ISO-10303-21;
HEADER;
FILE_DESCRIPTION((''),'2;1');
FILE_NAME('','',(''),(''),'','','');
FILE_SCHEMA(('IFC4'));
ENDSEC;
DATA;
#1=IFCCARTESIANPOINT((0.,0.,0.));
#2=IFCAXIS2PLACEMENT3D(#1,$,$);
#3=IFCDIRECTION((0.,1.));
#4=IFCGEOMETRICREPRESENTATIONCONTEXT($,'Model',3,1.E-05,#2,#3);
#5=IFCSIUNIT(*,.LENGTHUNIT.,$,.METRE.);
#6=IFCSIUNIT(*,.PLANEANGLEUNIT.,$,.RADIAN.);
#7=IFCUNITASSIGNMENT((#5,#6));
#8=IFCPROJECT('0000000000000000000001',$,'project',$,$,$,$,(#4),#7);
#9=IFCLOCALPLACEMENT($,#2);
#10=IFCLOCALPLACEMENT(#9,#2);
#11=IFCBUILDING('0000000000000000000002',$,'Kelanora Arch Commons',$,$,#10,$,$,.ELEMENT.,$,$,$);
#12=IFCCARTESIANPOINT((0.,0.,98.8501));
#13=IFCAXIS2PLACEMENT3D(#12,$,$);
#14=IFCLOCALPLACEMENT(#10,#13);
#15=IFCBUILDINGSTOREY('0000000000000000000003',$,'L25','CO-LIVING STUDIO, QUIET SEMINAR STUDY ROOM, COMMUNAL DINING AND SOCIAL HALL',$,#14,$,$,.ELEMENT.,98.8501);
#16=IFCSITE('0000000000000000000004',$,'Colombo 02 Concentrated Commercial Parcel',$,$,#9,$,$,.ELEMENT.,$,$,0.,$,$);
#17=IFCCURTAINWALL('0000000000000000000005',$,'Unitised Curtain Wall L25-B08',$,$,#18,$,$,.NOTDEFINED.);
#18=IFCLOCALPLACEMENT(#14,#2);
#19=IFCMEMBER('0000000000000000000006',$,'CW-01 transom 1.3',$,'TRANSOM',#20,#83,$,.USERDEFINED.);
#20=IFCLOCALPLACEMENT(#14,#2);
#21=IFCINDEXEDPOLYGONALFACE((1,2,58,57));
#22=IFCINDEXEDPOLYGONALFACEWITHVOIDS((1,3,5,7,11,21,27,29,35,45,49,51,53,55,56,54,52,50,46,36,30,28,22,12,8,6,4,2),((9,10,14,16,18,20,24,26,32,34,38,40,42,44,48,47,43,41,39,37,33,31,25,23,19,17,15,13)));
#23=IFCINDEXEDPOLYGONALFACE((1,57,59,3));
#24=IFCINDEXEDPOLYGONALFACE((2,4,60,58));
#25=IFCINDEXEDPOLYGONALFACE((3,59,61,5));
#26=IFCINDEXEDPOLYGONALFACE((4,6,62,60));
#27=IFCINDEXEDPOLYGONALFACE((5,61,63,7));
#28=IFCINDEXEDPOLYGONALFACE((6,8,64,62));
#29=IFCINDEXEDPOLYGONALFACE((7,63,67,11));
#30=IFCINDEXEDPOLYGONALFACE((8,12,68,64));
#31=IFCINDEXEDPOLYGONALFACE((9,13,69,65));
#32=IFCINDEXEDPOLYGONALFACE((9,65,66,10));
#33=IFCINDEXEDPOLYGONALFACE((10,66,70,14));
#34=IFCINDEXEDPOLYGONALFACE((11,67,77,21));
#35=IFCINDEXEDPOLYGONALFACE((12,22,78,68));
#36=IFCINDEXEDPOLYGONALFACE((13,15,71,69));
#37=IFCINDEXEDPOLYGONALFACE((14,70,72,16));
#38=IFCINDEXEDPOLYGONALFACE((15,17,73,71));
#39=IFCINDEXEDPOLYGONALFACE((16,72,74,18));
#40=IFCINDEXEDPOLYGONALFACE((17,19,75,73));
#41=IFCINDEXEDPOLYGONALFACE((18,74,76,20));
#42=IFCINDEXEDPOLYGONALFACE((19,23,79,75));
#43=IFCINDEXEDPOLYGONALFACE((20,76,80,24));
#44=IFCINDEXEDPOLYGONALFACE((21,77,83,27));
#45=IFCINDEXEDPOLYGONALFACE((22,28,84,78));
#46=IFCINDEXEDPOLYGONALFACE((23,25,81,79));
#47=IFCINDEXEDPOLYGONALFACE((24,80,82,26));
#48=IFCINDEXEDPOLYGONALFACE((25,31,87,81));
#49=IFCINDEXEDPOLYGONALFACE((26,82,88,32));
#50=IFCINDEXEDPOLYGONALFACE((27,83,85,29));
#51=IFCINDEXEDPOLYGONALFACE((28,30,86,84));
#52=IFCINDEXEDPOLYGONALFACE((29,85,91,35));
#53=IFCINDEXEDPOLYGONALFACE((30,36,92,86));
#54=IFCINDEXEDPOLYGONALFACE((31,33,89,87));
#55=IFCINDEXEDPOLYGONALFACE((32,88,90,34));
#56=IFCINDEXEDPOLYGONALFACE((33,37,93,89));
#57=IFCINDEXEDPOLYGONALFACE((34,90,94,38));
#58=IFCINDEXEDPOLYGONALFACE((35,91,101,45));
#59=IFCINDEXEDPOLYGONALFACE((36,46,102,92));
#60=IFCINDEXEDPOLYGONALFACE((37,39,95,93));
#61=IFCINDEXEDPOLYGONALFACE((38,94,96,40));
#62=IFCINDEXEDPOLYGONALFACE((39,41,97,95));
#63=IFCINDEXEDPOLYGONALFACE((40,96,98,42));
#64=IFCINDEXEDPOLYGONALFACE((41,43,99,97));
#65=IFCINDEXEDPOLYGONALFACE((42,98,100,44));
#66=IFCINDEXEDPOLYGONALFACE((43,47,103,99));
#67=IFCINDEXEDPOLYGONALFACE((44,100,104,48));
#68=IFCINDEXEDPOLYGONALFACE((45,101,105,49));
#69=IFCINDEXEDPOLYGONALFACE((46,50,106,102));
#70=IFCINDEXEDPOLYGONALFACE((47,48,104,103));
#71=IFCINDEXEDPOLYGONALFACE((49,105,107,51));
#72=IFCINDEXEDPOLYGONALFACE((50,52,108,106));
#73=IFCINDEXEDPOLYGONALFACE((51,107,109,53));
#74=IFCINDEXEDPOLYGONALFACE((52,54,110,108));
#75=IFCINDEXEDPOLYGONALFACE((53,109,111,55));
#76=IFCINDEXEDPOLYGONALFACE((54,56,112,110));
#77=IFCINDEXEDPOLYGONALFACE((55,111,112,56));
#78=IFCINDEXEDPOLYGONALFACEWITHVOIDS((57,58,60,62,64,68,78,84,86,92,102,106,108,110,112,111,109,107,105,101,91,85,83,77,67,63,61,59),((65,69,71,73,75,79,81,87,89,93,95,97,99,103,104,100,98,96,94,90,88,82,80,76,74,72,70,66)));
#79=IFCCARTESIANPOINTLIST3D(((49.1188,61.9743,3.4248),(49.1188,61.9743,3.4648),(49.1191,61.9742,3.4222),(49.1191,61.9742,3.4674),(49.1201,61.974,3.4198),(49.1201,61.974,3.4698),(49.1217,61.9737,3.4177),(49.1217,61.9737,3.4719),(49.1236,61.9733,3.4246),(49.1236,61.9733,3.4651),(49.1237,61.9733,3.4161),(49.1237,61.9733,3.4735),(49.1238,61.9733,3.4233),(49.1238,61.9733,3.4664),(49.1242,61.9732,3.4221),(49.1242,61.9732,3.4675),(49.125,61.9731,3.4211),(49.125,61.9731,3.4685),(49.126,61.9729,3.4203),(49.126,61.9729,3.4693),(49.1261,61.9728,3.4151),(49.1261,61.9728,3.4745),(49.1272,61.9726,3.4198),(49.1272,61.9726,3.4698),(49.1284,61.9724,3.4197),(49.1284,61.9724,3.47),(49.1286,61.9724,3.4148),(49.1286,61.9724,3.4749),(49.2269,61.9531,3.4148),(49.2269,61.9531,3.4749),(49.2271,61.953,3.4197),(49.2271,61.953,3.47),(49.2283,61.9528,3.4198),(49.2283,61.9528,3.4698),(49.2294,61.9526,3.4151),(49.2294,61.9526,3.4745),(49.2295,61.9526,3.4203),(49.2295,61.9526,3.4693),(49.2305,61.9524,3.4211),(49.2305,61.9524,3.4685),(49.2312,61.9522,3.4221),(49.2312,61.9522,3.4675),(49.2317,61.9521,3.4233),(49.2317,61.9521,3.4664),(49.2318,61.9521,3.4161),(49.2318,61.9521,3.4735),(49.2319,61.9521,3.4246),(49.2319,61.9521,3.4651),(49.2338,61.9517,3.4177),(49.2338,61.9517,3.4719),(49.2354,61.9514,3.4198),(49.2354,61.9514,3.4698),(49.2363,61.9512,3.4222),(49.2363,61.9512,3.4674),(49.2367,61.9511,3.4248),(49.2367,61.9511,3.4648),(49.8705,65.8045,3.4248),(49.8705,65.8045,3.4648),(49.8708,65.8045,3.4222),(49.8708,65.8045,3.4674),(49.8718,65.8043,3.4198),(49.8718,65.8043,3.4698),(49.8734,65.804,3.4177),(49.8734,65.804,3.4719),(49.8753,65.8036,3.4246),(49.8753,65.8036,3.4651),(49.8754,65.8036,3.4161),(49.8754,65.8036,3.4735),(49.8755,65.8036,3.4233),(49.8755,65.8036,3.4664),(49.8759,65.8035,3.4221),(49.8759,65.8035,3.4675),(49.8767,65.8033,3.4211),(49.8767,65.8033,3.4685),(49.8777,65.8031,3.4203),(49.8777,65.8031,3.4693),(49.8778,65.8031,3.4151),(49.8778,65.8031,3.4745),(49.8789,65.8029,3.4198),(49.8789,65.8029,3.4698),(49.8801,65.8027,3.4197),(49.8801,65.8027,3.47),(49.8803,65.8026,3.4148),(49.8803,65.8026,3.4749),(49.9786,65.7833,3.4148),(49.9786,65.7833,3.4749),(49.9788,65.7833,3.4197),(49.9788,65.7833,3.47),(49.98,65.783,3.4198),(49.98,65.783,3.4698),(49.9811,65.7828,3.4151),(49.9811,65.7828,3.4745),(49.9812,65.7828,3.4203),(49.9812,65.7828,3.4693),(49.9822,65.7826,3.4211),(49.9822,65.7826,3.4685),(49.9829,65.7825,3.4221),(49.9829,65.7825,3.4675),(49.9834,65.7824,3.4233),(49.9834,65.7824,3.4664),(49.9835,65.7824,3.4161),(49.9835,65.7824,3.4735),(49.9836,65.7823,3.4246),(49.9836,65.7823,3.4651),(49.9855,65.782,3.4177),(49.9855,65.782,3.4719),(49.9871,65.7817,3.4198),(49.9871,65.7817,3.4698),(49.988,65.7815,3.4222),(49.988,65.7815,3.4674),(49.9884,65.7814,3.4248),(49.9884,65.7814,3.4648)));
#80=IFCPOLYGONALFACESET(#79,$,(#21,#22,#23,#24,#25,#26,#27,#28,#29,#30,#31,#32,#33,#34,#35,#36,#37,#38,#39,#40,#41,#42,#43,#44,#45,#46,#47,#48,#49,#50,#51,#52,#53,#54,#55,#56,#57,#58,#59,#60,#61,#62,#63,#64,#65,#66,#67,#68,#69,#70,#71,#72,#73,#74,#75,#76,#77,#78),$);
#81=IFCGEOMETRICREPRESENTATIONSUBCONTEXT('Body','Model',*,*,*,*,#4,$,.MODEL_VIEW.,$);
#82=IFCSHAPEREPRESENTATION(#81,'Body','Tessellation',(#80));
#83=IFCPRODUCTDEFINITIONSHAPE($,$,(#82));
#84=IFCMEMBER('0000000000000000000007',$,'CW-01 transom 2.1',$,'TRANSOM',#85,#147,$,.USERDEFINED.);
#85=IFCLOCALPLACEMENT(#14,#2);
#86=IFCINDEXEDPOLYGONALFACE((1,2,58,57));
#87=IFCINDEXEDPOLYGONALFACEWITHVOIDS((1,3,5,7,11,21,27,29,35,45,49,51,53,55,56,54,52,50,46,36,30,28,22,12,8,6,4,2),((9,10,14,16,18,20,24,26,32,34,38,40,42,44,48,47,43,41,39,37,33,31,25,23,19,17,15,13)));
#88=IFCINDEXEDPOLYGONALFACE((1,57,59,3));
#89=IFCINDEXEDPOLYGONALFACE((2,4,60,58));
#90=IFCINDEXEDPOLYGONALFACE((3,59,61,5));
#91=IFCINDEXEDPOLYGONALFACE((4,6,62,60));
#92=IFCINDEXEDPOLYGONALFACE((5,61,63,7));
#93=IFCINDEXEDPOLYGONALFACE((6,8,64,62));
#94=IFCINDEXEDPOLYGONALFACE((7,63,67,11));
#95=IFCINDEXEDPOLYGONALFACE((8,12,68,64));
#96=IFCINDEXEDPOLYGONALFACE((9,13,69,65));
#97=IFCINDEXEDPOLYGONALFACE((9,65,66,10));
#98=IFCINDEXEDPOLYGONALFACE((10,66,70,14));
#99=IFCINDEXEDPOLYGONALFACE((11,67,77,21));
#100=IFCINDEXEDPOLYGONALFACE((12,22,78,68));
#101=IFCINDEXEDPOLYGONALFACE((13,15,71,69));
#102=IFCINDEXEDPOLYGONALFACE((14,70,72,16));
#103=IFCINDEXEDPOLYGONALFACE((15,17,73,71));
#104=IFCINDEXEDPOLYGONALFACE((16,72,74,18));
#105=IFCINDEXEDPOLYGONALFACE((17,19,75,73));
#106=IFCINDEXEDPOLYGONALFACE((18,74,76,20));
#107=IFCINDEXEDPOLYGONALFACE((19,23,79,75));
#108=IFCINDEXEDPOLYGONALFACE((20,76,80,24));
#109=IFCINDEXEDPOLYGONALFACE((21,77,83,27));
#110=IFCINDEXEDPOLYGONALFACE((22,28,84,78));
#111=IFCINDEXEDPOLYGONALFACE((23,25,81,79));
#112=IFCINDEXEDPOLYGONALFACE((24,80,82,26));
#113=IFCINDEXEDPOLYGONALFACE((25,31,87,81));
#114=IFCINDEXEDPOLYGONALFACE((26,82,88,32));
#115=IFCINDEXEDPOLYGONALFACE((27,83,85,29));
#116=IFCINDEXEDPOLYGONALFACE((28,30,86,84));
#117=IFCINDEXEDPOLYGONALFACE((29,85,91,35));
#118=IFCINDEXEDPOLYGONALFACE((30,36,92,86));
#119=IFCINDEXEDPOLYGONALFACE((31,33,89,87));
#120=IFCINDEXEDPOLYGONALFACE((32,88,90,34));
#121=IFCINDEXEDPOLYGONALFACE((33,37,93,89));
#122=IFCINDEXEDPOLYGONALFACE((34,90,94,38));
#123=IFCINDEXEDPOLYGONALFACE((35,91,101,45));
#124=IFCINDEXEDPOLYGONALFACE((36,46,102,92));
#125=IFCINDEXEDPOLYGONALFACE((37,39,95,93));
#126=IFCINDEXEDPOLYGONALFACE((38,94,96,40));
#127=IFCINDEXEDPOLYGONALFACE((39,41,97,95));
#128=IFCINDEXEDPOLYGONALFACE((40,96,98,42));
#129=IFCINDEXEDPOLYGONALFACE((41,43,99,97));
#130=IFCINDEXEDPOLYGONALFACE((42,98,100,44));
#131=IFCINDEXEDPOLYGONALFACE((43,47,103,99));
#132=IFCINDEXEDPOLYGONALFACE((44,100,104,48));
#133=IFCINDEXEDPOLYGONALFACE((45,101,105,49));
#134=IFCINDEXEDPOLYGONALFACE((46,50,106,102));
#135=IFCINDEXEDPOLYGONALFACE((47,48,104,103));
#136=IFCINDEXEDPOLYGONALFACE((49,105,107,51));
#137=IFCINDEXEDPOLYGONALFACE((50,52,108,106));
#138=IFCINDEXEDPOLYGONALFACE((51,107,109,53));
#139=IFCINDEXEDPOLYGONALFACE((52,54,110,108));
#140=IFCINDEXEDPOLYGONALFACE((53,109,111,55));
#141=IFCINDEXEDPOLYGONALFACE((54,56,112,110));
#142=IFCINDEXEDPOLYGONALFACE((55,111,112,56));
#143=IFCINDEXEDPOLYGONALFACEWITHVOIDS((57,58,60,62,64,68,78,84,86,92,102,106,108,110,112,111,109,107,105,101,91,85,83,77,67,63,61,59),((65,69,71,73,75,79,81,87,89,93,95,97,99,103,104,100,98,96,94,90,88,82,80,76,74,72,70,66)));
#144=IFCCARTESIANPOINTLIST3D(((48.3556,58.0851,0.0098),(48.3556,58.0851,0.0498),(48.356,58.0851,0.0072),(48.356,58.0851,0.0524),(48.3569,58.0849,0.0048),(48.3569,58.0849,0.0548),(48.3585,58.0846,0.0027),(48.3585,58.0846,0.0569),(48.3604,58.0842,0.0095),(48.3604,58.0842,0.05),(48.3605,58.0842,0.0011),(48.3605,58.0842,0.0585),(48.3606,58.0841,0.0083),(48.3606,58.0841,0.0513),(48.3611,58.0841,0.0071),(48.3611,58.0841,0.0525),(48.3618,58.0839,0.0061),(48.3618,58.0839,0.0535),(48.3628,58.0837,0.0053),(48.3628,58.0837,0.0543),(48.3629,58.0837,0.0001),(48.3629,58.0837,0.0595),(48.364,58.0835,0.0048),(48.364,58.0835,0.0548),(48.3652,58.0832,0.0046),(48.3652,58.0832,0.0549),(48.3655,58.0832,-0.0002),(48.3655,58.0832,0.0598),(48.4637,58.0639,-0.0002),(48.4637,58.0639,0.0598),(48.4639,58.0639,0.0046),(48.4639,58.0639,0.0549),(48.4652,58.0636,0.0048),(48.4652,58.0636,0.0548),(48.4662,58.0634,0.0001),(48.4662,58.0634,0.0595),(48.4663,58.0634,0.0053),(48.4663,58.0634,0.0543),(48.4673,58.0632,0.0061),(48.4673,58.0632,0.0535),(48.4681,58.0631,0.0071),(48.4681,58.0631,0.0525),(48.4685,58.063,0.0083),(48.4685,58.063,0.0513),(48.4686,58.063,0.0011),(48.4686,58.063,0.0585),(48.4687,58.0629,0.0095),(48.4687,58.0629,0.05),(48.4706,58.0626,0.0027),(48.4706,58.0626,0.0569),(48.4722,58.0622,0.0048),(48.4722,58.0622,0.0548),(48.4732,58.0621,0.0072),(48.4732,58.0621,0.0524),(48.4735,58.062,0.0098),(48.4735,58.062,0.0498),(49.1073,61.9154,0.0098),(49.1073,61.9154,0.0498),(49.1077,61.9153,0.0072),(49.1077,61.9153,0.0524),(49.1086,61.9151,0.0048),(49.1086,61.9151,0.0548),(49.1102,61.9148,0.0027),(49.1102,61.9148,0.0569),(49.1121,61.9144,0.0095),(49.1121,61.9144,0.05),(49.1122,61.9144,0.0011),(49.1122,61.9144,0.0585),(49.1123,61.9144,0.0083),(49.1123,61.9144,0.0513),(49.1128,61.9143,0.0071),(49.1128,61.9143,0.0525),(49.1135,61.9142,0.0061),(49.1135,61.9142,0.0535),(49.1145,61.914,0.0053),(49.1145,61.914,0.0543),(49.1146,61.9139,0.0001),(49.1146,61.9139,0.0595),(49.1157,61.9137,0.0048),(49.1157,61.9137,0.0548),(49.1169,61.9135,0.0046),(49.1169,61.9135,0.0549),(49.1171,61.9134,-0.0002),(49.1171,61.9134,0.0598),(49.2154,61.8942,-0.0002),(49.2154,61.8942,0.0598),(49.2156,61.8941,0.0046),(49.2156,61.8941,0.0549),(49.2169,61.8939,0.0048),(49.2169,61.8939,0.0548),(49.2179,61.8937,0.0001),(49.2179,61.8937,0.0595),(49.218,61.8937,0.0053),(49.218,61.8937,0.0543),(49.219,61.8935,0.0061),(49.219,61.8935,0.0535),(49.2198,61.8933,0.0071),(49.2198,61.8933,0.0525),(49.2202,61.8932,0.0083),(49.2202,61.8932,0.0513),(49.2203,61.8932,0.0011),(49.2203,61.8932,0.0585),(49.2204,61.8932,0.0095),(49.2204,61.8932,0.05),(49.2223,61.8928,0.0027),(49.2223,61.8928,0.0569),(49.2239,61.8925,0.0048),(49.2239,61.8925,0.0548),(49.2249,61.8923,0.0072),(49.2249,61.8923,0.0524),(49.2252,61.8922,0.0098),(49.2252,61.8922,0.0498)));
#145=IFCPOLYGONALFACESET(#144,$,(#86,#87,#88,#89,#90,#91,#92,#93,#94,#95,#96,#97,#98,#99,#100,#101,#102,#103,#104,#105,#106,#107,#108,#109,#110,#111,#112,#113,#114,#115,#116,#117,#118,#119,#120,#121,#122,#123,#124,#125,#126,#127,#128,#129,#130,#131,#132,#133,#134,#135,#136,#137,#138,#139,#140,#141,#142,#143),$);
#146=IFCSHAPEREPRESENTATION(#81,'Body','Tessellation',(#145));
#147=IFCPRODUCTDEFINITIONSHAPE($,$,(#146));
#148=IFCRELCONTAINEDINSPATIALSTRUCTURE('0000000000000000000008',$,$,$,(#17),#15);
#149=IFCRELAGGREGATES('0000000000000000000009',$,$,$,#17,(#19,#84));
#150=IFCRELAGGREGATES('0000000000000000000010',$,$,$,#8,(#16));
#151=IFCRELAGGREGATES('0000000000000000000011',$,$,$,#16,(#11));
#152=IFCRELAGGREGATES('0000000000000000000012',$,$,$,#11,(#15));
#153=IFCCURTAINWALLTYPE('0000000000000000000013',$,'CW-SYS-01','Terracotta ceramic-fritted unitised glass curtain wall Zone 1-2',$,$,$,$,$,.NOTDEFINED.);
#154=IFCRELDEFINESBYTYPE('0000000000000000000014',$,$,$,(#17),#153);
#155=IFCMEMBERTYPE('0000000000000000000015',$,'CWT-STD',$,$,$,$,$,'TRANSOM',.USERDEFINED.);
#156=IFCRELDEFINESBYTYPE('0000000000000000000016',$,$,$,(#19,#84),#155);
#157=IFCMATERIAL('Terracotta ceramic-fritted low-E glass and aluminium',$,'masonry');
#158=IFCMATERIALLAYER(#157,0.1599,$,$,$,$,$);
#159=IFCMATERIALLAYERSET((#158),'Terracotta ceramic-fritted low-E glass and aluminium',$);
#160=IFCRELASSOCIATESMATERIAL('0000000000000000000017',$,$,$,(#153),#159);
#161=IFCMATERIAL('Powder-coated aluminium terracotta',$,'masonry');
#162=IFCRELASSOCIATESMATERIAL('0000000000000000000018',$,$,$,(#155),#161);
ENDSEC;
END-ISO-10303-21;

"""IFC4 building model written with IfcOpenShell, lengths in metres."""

from ifc_helpers import new_model, si_unit, direction, frame, origin, origin_2d, place, context, subcontext, project, spatial, hollow_rectangle, extrude, material, layer, layer_set, material_profile, profile_set, type_object, element, aggregate, save


model = new_model("IFC4")

# Units and contexts
model_context = context("Model", 3, precision=1e-05, world=origin(), true_north=direction((0.0, 1.0)))
body_context = subcontext(model_context, "Body", "Model", "MODEL_VIEW")
ifc_project = project(units=[si_unit("LENGTHUNIT", "METRE"), si_unit("PLANEANGLEUNIT", "RADIAN")], contexts=[model_context])

# Site, building, storey
site_placement = place(None, origin())
site = spatial("IfcSite", under=ifc_project, at=site_placement, Name="Colombo 02 Concentrated Commercial Parcel", CompositionType="ELEMENT", RefElevation=0.0)
building_placement = place(site_placement, origin())
building = spatial("IfcBuilding", under=site, at=building_placement, Name="Kelanora Arch Commons", CompositionType="ELEMENT")
storey_placement = place(building_placement, frame((0.0, 0.0, 98.8501)))
storey = spatial("IfcBuildingStorey", under=building, at=storey_placement, Name="L25", Description="CO-LIVING STUDIO, QUIET SEMINAR STUDY ROOM, COMMUNAL DINING AND SOCIAL HALL", CompositionType="ELEMENT", Elevation=98.8501)

# Curtain wall, members
ifc_material_1 = material(Name="Terracotta ceramic-fritted low-E glass and aluminium", Category="masonry")
ifc_layer_1 = layer(ifc_material_1, 0.1599)
ifc_layer_set_1 = layer_set([ifc_layer_1], Name="Terracotta ceramic-fritted low-E glass and aluminium")
curtain_wall_type = type_object("IfcCurtainWallType", Name="CW-SYS-01", Description="Terracotta ceramic-fritted unitised glass curtain wall Zone 1-2", PredefinedType="NOTDEFINED", material=ifc_layer_set_1)
curtain_wall_placement = place(storey_placement, origin())
curtain_wall = element("IfcCurtainWall", 1, at=curtain_wall_placement, inside=storey, type_object=curtain_wall_type, Name="Unitised Curtain Wall L25-B08", PredefinedType="NOTDEFINED")
ifc_material_2 = material(Name="Powder-coated aluminium terracotta", Category="masonry")
ifc_material_profile_1 = material_profile(ifc_material_2, hollow_rectangle(XDim=0.1201, YDim=0.0601, WallThickness=0.0049, InnerFilletRadius=0.0049, OuterFilletRadius=0.01, at=origin_2d()), Name="CWT120x60")
ifc_profile_set_1 = profile_set([ifc_material_profile_1], Name="Powder-coated aluminium terracotta")
member_type_1 = type_object("IfcMemberType", Name="CWT-STD", ElementType="TRANSOM", PredefinedType="USERDEFINED", material=ifc_profile_set_1)
member_1_placement = place(storey_placement, frame((49.9294, 65.793, 3.4448), z_axis=(-0.192579, -0.981282, 0.0), x_axis=(0.981282, -0.192579, 0.0)))
member_1 = element("IfcMember", 2, at=member_1_placement, type_object=member_type_1, Name="CW-01 transom 1.3", ObjectType="TRANSOM", PredefinedType="USERDEFINED", context=body_context, shape_type="SweptSolid", body=[
    extrude(hollow_rectangle(XDim=0.1201, YDim=0.0601, WallThickness=0.0049, InnerFilletRadius=0.0049, OuterFilletRadius=0.01, at=origin_2d()), origin(), (0.0, 0.0, 1.0), 3.9033),
])
member_2_placement = place(storey_placement, frame((49.1663, 61.9038, 0.0298), z_axis=(-0.192579, -0.981282, 0.0), x_axis=(0.981282, -0.192579, 0.0)))
member_2 = element("IfcMember", 3, at=member_2_placement, type_object=member_type_1, Name="CW-01 transom 2.1", ObjectType="TRANSOM", PredefinedType="USERDEFINED", context=body_context, shape_type="SweptSolid", body=[
    extrude(hollow_rectangle(XDim=0.1201, YDim=0.0601, WallThickness=0.0049, InnerFilletRadius=0.0049, OuterFilletRadius=0.01, at=origin_2d()), origin(), (0.0, 0.0, 1.0), 3.9033),
])
aggregate(curtain_wall, [member_1, member_2])

save(model, "model.ifc")
